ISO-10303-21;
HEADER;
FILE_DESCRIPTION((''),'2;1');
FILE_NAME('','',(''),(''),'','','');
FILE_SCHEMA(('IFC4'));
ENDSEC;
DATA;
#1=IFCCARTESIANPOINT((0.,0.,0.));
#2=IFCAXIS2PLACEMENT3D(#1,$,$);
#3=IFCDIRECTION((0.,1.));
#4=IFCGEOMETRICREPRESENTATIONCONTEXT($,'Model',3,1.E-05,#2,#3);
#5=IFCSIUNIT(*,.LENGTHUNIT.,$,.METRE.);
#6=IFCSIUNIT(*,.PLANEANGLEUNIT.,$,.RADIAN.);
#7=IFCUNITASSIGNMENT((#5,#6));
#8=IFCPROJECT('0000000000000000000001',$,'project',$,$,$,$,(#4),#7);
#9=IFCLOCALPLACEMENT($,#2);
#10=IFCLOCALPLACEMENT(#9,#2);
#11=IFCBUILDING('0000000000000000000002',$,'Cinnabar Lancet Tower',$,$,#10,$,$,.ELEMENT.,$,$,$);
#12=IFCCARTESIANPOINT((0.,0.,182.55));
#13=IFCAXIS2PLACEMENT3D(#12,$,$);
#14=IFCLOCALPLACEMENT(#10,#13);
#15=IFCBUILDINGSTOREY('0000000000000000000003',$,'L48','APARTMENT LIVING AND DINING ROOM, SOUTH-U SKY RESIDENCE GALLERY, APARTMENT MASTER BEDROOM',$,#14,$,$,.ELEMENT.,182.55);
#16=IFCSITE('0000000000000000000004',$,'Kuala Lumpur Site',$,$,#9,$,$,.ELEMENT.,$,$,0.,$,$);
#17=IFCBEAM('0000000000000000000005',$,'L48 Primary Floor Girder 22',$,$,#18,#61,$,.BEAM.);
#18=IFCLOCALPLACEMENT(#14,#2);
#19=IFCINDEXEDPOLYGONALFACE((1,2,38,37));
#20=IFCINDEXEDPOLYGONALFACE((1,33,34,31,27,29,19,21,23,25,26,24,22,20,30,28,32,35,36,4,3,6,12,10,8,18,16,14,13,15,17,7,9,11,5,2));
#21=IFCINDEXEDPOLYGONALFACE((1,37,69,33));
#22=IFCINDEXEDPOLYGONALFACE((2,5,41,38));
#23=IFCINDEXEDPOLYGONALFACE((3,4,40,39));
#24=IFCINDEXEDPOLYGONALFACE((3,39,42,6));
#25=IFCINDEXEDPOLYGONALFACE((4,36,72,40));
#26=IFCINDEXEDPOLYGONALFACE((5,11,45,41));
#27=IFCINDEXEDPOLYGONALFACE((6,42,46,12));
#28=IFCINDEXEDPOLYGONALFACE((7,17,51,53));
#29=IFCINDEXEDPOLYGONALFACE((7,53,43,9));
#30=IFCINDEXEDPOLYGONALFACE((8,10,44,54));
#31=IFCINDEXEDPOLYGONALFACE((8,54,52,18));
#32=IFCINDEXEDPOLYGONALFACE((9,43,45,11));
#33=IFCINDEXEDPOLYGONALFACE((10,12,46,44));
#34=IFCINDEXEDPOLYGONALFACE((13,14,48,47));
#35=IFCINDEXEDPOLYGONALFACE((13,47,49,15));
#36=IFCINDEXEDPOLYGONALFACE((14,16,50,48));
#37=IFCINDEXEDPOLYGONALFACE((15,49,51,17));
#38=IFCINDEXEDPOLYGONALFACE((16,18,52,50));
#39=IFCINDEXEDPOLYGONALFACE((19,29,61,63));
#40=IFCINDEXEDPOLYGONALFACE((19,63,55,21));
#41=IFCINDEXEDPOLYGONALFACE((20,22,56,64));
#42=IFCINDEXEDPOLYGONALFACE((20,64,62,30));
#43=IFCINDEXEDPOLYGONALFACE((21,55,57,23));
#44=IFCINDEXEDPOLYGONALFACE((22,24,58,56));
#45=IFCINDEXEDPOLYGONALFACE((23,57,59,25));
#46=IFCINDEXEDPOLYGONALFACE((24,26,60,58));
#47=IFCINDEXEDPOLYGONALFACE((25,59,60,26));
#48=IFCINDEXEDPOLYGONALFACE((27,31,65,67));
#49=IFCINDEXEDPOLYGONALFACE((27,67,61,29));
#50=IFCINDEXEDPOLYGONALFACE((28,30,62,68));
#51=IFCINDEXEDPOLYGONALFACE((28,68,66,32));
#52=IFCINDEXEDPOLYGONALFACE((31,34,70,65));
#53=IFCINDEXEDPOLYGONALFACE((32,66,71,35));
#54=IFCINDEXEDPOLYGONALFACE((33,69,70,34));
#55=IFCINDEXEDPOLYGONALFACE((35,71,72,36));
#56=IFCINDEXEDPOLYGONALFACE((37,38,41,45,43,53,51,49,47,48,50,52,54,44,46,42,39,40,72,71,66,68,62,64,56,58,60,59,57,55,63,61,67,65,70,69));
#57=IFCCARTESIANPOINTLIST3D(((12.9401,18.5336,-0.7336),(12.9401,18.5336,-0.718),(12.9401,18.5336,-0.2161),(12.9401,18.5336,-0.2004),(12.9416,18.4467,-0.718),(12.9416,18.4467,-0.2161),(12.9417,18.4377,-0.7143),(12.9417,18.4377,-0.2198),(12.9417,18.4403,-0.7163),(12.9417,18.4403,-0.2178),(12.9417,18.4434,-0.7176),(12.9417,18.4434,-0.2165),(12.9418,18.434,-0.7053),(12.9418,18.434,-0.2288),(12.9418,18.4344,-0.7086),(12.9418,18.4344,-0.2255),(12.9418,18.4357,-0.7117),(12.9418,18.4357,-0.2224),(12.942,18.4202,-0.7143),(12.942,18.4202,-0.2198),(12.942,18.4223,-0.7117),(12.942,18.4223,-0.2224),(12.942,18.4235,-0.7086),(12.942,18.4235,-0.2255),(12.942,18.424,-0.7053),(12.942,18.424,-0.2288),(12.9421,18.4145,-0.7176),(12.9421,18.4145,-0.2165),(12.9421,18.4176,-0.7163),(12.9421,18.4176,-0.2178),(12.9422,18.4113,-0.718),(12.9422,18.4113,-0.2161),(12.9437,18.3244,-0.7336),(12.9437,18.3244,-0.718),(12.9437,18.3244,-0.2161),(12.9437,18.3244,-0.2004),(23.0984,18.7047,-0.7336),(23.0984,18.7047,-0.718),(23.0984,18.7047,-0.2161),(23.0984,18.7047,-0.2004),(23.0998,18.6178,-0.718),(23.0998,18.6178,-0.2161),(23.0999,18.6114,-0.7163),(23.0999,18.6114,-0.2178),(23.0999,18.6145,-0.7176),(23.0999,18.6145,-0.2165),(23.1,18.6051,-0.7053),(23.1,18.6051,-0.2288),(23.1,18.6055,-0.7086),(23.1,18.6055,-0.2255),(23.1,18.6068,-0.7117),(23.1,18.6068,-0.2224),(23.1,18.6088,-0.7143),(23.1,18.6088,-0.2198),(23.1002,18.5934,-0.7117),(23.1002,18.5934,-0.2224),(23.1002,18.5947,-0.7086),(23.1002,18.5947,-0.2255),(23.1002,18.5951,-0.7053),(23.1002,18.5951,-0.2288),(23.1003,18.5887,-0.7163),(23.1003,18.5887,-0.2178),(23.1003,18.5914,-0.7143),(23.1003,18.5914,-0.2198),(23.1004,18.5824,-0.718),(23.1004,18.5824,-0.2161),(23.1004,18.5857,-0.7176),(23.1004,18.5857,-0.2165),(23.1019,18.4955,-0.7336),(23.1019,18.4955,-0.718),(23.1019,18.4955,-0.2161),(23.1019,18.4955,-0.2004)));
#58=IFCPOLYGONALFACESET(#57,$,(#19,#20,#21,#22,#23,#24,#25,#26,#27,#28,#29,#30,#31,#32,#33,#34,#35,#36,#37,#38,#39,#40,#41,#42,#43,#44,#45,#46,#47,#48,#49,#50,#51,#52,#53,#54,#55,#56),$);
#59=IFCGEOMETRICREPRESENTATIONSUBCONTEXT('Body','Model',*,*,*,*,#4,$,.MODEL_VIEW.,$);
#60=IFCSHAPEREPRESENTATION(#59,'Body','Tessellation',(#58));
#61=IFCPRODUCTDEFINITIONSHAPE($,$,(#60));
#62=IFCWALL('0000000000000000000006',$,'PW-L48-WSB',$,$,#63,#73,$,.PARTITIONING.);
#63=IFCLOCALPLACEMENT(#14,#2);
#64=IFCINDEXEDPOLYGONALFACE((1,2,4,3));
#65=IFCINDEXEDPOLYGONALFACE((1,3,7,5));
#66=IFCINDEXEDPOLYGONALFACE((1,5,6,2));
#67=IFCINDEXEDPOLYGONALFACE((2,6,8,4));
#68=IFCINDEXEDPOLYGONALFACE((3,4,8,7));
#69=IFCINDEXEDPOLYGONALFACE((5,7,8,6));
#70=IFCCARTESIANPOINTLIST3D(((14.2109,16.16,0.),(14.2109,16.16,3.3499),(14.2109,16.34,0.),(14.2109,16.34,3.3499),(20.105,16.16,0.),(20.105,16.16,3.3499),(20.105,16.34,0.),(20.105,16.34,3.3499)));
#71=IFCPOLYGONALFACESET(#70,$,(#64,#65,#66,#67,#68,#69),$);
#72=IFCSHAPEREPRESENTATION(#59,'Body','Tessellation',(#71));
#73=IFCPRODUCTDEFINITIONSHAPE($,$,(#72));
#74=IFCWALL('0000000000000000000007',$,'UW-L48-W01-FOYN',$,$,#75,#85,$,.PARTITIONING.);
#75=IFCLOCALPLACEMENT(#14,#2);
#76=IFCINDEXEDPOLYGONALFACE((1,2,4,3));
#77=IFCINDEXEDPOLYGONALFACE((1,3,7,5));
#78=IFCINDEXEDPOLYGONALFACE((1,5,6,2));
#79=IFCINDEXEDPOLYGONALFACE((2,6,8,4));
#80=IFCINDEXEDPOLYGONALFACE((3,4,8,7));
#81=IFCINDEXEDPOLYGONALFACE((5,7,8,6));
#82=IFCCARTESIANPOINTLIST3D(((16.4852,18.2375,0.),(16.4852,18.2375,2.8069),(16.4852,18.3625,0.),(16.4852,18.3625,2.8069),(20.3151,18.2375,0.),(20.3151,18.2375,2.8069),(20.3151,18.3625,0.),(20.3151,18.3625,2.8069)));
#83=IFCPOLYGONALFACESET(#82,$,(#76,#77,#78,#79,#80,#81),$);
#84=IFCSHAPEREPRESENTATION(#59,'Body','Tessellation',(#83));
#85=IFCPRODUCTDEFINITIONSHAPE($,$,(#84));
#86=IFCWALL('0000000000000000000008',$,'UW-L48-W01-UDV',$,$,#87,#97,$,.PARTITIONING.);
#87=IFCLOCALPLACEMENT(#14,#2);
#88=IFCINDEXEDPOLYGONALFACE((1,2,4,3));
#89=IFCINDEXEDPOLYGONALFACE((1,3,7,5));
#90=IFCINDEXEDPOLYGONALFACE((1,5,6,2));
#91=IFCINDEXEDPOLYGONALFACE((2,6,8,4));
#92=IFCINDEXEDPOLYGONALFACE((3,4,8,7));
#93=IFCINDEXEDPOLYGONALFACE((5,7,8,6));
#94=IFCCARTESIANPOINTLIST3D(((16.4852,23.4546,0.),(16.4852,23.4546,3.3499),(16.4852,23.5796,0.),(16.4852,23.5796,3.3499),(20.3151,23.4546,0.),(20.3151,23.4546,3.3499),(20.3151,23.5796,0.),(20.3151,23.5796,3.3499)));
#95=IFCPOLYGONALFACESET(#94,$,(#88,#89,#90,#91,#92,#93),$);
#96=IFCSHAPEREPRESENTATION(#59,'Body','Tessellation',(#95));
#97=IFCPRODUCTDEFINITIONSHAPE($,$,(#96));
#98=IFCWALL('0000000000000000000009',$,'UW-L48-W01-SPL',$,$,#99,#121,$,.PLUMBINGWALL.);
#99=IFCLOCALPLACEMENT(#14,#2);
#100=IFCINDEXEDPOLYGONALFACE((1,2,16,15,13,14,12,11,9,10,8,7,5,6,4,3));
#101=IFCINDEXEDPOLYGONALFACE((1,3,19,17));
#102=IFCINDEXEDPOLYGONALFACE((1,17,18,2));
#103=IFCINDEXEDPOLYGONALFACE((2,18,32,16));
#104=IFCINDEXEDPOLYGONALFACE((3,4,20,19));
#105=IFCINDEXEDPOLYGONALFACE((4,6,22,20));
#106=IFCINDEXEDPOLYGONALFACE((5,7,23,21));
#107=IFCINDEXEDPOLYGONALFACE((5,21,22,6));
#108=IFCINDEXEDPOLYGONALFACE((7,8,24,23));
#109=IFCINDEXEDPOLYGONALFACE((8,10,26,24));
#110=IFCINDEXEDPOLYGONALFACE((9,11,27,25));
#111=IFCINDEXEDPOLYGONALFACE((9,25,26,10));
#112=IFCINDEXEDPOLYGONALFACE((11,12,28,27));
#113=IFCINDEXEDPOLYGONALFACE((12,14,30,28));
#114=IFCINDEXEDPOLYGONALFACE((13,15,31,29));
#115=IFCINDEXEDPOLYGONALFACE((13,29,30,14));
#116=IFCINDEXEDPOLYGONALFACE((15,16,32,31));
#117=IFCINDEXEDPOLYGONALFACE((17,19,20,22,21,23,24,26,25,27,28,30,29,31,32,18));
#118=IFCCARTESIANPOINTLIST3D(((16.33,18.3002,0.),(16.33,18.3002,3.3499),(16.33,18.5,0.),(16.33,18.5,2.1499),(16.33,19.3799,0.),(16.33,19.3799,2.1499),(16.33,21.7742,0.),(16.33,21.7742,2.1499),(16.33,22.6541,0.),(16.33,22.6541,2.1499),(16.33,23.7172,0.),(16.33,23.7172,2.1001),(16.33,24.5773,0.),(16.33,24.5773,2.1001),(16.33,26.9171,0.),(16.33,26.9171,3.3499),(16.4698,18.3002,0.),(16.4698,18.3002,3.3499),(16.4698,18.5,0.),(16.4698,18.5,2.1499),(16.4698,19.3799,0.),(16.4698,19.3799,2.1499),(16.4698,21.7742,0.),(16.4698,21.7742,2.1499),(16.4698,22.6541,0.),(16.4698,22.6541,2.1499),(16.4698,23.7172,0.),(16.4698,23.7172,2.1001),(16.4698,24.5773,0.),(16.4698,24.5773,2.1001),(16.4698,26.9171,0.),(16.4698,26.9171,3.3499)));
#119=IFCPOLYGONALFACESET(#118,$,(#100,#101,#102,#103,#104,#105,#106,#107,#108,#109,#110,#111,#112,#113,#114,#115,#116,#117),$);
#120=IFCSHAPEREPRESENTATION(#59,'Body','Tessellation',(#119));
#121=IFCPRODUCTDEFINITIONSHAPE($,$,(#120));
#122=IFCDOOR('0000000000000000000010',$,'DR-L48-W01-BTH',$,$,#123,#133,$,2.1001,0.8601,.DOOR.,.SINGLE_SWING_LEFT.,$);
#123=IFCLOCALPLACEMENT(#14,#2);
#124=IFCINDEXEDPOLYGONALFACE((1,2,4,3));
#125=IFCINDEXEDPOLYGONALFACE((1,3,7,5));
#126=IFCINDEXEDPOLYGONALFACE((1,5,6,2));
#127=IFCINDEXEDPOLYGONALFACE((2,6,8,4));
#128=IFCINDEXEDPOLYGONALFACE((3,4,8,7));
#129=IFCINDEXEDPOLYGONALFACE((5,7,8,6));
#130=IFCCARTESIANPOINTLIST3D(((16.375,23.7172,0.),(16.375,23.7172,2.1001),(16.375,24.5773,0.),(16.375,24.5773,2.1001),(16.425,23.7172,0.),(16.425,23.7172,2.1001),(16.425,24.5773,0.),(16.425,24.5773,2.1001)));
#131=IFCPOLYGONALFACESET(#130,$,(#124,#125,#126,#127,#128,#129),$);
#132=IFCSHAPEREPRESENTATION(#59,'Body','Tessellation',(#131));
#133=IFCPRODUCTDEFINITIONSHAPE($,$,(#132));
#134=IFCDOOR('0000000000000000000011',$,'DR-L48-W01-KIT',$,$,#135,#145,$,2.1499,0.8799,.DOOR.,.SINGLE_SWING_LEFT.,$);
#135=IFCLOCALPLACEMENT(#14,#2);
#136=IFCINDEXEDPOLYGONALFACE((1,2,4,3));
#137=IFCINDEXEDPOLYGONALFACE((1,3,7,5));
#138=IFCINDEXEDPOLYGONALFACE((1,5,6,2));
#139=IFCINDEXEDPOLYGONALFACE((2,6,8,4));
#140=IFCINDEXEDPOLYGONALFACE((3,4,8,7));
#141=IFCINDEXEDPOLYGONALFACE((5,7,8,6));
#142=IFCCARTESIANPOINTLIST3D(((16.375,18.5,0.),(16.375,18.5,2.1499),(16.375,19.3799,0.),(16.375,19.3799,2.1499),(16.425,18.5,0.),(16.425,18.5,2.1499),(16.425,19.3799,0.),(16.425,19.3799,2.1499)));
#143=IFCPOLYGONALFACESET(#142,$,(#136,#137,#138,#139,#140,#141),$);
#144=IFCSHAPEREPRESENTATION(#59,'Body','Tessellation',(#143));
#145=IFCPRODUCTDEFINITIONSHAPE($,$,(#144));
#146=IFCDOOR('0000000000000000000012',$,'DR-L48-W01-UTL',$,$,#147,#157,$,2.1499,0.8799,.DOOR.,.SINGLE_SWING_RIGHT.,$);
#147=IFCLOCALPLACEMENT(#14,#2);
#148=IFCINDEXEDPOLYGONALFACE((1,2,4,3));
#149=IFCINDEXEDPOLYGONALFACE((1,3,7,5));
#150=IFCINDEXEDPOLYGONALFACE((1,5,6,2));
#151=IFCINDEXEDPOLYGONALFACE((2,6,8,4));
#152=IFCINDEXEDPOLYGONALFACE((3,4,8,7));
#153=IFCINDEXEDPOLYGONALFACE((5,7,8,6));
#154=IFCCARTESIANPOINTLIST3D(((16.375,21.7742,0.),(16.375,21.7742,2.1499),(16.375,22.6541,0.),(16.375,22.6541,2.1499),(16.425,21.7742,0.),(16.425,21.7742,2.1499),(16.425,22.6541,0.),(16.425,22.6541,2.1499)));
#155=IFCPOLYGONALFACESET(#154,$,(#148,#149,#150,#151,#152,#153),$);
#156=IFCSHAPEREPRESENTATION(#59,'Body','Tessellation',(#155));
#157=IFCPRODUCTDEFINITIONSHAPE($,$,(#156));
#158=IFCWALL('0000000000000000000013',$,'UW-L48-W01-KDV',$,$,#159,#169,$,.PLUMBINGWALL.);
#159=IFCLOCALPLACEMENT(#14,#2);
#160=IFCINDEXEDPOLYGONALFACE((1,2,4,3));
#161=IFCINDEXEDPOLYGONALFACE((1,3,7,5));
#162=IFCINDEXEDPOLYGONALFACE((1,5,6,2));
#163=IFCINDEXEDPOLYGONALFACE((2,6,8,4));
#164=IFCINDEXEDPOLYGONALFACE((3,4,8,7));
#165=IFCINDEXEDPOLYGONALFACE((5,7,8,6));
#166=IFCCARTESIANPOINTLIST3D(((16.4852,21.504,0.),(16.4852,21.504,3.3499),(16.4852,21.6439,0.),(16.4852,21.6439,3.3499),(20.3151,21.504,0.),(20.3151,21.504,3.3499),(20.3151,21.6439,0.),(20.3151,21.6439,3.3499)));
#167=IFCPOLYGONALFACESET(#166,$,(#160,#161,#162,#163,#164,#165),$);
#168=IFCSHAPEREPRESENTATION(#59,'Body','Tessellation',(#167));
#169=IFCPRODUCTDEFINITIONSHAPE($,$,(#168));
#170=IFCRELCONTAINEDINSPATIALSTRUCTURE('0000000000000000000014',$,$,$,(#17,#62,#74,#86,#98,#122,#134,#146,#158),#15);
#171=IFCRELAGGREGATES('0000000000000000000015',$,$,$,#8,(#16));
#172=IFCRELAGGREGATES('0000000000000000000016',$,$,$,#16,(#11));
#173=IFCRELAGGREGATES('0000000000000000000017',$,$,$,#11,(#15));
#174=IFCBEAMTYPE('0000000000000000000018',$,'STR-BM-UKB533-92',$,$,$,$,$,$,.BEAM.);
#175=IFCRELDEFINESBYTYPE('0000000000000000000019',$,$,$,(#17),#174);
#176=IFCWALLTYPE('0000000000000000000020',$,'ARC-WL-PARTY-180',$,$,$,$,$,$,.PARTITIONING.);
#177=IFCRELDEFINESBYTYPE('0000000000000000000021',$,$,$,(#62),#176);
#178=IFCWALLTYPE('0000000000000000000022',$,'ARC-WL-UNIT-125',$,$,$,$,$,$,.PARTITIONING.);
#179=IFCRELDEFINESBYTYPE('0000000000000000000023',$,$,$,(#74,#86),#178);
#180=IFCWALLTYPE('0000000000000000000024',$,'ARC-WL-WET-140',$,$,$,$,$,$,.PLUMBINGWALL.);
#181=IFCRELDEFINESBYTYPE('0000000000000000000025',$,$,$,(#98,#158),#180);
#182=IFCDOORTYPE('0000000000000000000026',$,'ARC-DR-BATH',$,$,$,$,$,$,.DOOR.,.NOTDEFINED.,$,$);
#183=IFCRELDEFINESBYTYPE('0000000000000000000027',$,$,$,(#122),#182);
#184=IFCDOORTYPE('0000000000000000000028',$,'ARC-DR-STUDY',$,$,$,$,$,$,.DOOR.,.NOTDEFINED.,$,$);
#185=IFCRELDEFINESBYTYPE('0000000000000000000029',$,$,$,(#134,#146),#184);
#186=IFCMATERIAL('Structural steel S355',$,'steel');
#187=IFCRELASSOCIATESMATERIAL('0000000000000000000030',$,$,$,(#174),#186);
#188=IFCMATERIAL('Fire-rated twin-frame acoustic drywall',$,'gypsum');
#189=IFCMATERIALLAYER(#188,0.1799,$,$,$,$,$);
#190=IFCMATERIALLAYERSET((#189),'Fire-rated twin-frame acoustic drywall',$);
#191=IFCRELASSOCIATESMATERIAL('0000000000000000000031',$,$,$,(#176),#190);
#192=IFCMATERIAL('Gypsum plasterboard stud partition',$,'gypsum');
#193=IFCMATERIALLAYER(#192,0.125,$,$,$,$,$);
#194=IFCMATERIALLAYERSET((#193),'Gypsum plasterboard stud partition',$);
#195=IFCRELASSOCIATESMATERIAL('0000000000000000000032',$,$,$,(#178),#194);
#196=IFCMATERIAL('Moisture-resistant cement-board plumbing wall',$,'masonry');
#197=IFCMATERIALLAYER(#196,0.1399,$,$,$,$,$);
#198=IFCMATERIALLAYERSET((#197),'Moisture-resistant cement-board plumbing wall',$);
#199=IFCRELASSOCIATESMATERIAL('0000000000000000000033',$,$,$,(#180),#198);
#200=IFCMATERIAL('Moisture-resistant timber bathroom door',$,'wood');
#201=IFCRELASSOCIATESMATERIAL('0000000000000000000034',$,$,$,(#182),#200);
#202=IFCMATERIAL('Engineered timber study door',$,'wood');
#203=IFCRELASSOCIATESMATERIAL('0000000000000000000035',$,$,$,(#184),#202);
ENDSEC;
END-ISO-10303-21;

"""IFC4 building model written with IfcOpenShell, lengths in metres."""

from ifc_helpers import new_model, si_unit, direction, frame, frame_2d, origin, origin_2d, place, context, subcontext, project, spatial, rectangle, i_section, extrude, material, layer, layer_set, material_profile, profile_set, type_object, element, fill, save


model = new_model("IFC4")

# Units and contexts
model_context = context("Model", 3, precision=1e-05, world=origin(), true_north=direction((0.0, 1.0)))
body_context = subcontext(model_context, "Body", "Model", "MODEL_VIEW")
ifc_project = project(units=[si_unit("LENGTHUNIT", "METRE"), si_unit("PLANEANGLEUNIT", "RADIAN")], contexts=[model_context])

# Site, building, storey
site_placement = place(None, origin())
site = spatial("IfcSite", under=ifc_project, at=site_placement, Name="Kuala Lumpur Site", CompositionType="ELEMENT", RefElevation=0.0)
building_placement = place(site_placement, origin())
building = spatial("IfcBuilding", under=site, at=building_placement, Name="Cinnabar Lancet Tower", CompositionType="ELEMENT")
storey_placement = place(building_placement, frame((0.0, 0.0, 182.55)))
storey = spatial("IfcBuildingStorey", under=building, at=storey_placement, Name="L48", Description="APARTMENT LIVING AND DINING ROOM, SOUTH-U SKY RESIDENCE GALLERY, APARTMENT MASTER BEDROOM", CompositionType="ELEMENT", Elevation=182.55)

# Beam
ifc_material_1 = material(Name="Structural steel S355", Category="steel")
ifc_material_profile_1 = material_profile(ifc_material_1, i_section(OverallWidth=0.2092, OverallDepth=0.5332, WebThickness=0.01, FlangeThickness=0.0156, FilletRadius=0.0127, at=origin_2d()), Name="UKB 533x210x92")
ifc_profile_set_1 = profile_set([ifc_material_profile_1], Name="Structural steel S355")
beam_type_1 = type_object("IfcBeamType", Name="STR-BM-UKB533-92", PredefinedType="BEAM", material=ifc_profile_set_1)
beam_1_placement = place(storey_placement, frame((12.9419, 18.429, -0.467), z_axis=(0.999858, 0.016845, 0.0), x_axis=(-0.016845, 0.999858, 0.0)))
element("IfcBeam", 1, at=beam_1_placement, inside=storey, type_object=beam_type_1, Name="L48 Primary Floor Girder 22", PredefinedType="BEAM", context=body_context, shape_type="SweptSolid", body=[
    extrude(i_section(OverallWidth=0.2092, OverallDepth=0.5332, WebThickness=0.01, FlangeThickness=0.0156, FilletRadius=0.0127, at=origin_2d()), origin(), (0.0, 0.0, 1.0), 10.1597),
])

# Walls
ifc_material_2 = material(Name="Fire-rated twin-frame acoustic drywall", Category="gypsum")
ifc_layer_1 = layer(ifc_material_2, 0.1799)
ifc_layer_set_1 = layer_set([ifc_layer_1], Name="Fire-rated twin-frame acoustic drywall")
wall_type_1 = type_object("IfcWallType", Name="ARC-WL-PARTY-180", PredefinedType="PARTITIONING", material=ifc_layer_set_1)
wall_1_placement = place(storey_placement, frame((14.2109, 16.25, 0.0), z_axis=(0.0, 0.0, 1.0), x_axis=(1.0, 0.0, 0.0)))
element("IfcWall", 2, at=wall_1_placement, inside=storey, type_object=wall_type_1, Name="PW-L48-WSB", PredefinedType="PARTITIONING", context=body_context, shape_type="SweptSolid", body=[
    extrude(rectangle(XDim=5.894, YDim=0.1799, at=frame_2d((2.947, 0.0))), origin(), (0.0, 0.0, 1.0), 3.3499),
])
ifc_material_3 = material(Name="Gypsum plasterboard stud partition", Category="gypsum")
ifc_layer_2 = layer(ifc_material_3, 0.125)
ifc_layer_set_2 = layer_set([ifc_layer_2], Name="Gypsum plasterboard stud partition")
wall_type_2 = type_object("IfcWallType", Name="ARC-WL-UNIT-125", PredefinedType="PARTITIONING", material=ifc_layer_set_2)
wall_2_placement = place(storey_placement, frame((16.4851, 18.3, 0.0), z_axis=(0.0, 0.0, 1.0), x_axis=(1.0, 0.0, 0.0)))
element("IfcWall", 3, at=wall_2_placement, inside=storey, type_object=wall_type_2, Name="UW-L48-W01-FOYN", PredefinedType="PARTITIONING", context=body_context, shape_type="SweptSolid", body=[
    extrude(rectangle(XDim=3.8298, YDim=0.125, at=frame_2d((1.915, 0.0))), origin(), (0.0, 0.0, 1.0), 2.8069),
])
wall_3_placement = place(storey_placement, frame((16.4851, 23.5171, 0.0), z_axis=(0.0, 0.0, 1.0), x_axis=(1.0, 0.0, 0.0)))
element("IfcWall", 4, at=wall_3_placement, inside=storey, type_object=wall_type_2, Name="UW-L48-W01-UDV", PredefinedType="PARTITIONING", context=body_context, shape_type="SweptSolid", body=[
    extrude(rectangle(XDim=3.8298, YDim=0.125, at=frame_2d((1.915, 0.0))), origin(), (0.0, 0.0, 1.0), 3.3499),
])

# Wall, openings, doors
ifc_material_4 = material(Name="Moisture-resistant cement-board plumbing wall", Category="masonry")
ifc_layer_3 = layer(ifc_material_4, 0.1399)
ifc_layer_set_3 = layer_set([ifc_layer_3], Name="Moisture-resistant cement-board plumbing wall")
wall_type_3 = type_object("IfcWallType", Name="ARC-WL-WET-140", PredefinedType="PLUMBINGWALL", material=ifc_layer_set_3)
wall_4_placement = place(storey_placement, frame((16.3999, 18.3, 0.0), z_axis=(0.0, 0.0, 1.0), x_axis=(0.0, 1.0, 0.0)))
wall_4 = element("IfcWall", 5, at=wall_4_placement, inside=storey, type_object=wall_type_3, Name="UW-L48-W01-SPL", PredefinedType="PLUMBINGWALL", context=body_context, shape_type="SweptSolid", body=[
    extrude(rectangle(XDim=8.6169, YDim=0.1399, at=frame_2d((4.3086, 0.0))), origin(), (0.0, 0.0, 1.0), 3.3499),
])
opening_1_placement = place(wall_4_placement, frame((0.2, 0.0, 0.0)))
opening_1 = element("IfcOpeningElement", 6, at=opening_1_placement, cuts=wall_4, PredefinedType="OPENING", context=body_context, shape_type="SweptSolid", body=[
    extrude(rectangle(XDim=0.8799, YDim=2.1499, at=frame_2d((0.4399, 1.075))), frame((0.0, 0.0798, 0.0), z_axis=(0.0, -1.0, 0.0), x_axis=(1.0, 0.0, 0.0)), (0.0, 0.0, 1.0), 0.1599),
])
opening_2_placement = place(wall_4_placement, frame((3.4741, 0.0, 0.0)))
opening_2 = element("IfcOpeningElement", 7, at=opening_2_placement, cuts=wall_4, PredefinedType="OPENING", context=body_context, shape_type="SweptSolid", body=[
    extrude(rectangle(XDim=0.8799, YDim=2.1499, at=frame_2d((0.4399, 1.075))), frame((0.0, 0.0798, 0.0), z_axis=(0.0, -1.0, 0.0), x_axis=(1.0, 0.0, 0.0)), (0.0, 0.0, 1.0), 0.1599),
])
opening_3_placement = place(wall_4_placement, frame((5.417, 0.0, 0.0)))
opening_3 = element("IfcOpeningElement", 8, at=opening_3_placement, cuts=wall_4, PredefinedType="OPENING", context=body_context, shape_type="SweptSolid", body=[
    extrude(rectangle(XDim=0.8601, YDim=2.1001, at=frame_2d((0.4302, 1.05))), frame((0.0, 0.0798, 0.0), z_axis=(0.0, -1.0, 0.0), x_axis=(1.0, 0.0, 0.0)), (0.0, 0.0, 1.0), 0.1599),
])
ifc_material_5 = material(Name="Moisture-resistant timber bathroom door", Category="wood")
door_type_1 = type_object("IfcDoorType", Name="ARC-DR-BATH", OperationType="NOTDEFINED", PredefinedType="DOOR", material=ifc_material_5)
door_1_placement = place(opening_3_placement, origin())
door_1 = element("IfcDoor", 9, at=door_1_placement, inside=storey, type_object=door_type_1, Name="DR-L48-W01-BTH", OperationType="SINGLE_SWING_LEFT", OverallHeight=2.1001, OverallWidth=0.8601, PredefinedType="DOOR", context=body_context, shape_type="SweptSolid", body=[
    extrude(rectangle(XDim=0.8601, YDim=2.1001, at=frame_2d((0.4302, 1.05))), frame((0.0, 0.0249, 0.0), z_axis=(0.0, -1.0, 0.0), x_axis=(1.0, 0.0, 0.0)), (0.0, 0.0, 1.0), 0.05),
])
fill(opening_3, door_1)
ifc_material_6 = material(Name="Engineered timber study door", Category="wood")
door_type_2 = type_object("IfcDoorType", Name="ARC-DR-STUDY", OperationType="NOTDEFINED", PredefinedType="DOOR", material=ifc_material_6)
door_2_placement = place(opening_1_placement, origin())
door_2 = element("IfcDoor", 10, at=door_2_placement, inside=storey, type_object=door_type_2, Name="DR-L48-W01-KIT", OperationType="SINGLE_SWING_LEFT", OverallHeight=2.1499, OverallWidth=0.8799, PredefinedType="DOOR", context=body_context, shape_type="SweptSolid", body=[
    extrude(rectangle(XDim=0.8799, YDim=2.1499, at=frame_2d((0.4399, 1.075))), frame((0.0, 0.0249, 0.0), z_axis=(0.0, -1.0, 0.0), x_axis=(1.0, 0.0, 0.0)), (0.0, 0.0, 1.0), 0.05),
])
fill(opening_1, door_2)
door_3_placement = place(opening_2_placement, origin())
door_3 = element("IfcDoor", 11, at=door_3_placement, inside=storey, type_object=door_type_2, Name="DR-L48-W01-UTL", OperationType="SINGLE_SWING_RIGHT", OverallHeight=2.1499, OverallWidth=0.8799, PredefinedType="DOOR", context=body_context, shape_type="SweptSolid", body=[
    extrude(rectangle(XDim=0.8799, YDim=2.1499, at=frame_2d((0.4399, 1.075))), frame((0.0, 0.0249, 0.0), z_axis=(0.0, -1.0, 0.0), x_axis=(1.0, 0.0, 0.0)), (0.0, 0.0, 1.0), 0.05),
])
fill(opening_2, door_3)

# Wall
wall_5_placement = place(storey_placement, frame((16.4851, 21.574, 0.0), z_axis=(0.0, 0.0, 1.0), x_axis=(1.0, 0.0, 0.0)))
element("IfcWall", 12, at=wall_5_placement, inside=storey, type_object=wall_type_3, Name="UW-L48-W01-KDV", PredefinedType="PLUMBINGWALL", context=body_context, shape_type="SweptSolid", body=[
    extrude(rectangle(XDim=3.8298, YDim=0.1399, at=frame_2d((1.915, 0.0))), origin(), (0.0, 0.0, 1.0), 3.3499),
])

save(model, "model.ifc")
